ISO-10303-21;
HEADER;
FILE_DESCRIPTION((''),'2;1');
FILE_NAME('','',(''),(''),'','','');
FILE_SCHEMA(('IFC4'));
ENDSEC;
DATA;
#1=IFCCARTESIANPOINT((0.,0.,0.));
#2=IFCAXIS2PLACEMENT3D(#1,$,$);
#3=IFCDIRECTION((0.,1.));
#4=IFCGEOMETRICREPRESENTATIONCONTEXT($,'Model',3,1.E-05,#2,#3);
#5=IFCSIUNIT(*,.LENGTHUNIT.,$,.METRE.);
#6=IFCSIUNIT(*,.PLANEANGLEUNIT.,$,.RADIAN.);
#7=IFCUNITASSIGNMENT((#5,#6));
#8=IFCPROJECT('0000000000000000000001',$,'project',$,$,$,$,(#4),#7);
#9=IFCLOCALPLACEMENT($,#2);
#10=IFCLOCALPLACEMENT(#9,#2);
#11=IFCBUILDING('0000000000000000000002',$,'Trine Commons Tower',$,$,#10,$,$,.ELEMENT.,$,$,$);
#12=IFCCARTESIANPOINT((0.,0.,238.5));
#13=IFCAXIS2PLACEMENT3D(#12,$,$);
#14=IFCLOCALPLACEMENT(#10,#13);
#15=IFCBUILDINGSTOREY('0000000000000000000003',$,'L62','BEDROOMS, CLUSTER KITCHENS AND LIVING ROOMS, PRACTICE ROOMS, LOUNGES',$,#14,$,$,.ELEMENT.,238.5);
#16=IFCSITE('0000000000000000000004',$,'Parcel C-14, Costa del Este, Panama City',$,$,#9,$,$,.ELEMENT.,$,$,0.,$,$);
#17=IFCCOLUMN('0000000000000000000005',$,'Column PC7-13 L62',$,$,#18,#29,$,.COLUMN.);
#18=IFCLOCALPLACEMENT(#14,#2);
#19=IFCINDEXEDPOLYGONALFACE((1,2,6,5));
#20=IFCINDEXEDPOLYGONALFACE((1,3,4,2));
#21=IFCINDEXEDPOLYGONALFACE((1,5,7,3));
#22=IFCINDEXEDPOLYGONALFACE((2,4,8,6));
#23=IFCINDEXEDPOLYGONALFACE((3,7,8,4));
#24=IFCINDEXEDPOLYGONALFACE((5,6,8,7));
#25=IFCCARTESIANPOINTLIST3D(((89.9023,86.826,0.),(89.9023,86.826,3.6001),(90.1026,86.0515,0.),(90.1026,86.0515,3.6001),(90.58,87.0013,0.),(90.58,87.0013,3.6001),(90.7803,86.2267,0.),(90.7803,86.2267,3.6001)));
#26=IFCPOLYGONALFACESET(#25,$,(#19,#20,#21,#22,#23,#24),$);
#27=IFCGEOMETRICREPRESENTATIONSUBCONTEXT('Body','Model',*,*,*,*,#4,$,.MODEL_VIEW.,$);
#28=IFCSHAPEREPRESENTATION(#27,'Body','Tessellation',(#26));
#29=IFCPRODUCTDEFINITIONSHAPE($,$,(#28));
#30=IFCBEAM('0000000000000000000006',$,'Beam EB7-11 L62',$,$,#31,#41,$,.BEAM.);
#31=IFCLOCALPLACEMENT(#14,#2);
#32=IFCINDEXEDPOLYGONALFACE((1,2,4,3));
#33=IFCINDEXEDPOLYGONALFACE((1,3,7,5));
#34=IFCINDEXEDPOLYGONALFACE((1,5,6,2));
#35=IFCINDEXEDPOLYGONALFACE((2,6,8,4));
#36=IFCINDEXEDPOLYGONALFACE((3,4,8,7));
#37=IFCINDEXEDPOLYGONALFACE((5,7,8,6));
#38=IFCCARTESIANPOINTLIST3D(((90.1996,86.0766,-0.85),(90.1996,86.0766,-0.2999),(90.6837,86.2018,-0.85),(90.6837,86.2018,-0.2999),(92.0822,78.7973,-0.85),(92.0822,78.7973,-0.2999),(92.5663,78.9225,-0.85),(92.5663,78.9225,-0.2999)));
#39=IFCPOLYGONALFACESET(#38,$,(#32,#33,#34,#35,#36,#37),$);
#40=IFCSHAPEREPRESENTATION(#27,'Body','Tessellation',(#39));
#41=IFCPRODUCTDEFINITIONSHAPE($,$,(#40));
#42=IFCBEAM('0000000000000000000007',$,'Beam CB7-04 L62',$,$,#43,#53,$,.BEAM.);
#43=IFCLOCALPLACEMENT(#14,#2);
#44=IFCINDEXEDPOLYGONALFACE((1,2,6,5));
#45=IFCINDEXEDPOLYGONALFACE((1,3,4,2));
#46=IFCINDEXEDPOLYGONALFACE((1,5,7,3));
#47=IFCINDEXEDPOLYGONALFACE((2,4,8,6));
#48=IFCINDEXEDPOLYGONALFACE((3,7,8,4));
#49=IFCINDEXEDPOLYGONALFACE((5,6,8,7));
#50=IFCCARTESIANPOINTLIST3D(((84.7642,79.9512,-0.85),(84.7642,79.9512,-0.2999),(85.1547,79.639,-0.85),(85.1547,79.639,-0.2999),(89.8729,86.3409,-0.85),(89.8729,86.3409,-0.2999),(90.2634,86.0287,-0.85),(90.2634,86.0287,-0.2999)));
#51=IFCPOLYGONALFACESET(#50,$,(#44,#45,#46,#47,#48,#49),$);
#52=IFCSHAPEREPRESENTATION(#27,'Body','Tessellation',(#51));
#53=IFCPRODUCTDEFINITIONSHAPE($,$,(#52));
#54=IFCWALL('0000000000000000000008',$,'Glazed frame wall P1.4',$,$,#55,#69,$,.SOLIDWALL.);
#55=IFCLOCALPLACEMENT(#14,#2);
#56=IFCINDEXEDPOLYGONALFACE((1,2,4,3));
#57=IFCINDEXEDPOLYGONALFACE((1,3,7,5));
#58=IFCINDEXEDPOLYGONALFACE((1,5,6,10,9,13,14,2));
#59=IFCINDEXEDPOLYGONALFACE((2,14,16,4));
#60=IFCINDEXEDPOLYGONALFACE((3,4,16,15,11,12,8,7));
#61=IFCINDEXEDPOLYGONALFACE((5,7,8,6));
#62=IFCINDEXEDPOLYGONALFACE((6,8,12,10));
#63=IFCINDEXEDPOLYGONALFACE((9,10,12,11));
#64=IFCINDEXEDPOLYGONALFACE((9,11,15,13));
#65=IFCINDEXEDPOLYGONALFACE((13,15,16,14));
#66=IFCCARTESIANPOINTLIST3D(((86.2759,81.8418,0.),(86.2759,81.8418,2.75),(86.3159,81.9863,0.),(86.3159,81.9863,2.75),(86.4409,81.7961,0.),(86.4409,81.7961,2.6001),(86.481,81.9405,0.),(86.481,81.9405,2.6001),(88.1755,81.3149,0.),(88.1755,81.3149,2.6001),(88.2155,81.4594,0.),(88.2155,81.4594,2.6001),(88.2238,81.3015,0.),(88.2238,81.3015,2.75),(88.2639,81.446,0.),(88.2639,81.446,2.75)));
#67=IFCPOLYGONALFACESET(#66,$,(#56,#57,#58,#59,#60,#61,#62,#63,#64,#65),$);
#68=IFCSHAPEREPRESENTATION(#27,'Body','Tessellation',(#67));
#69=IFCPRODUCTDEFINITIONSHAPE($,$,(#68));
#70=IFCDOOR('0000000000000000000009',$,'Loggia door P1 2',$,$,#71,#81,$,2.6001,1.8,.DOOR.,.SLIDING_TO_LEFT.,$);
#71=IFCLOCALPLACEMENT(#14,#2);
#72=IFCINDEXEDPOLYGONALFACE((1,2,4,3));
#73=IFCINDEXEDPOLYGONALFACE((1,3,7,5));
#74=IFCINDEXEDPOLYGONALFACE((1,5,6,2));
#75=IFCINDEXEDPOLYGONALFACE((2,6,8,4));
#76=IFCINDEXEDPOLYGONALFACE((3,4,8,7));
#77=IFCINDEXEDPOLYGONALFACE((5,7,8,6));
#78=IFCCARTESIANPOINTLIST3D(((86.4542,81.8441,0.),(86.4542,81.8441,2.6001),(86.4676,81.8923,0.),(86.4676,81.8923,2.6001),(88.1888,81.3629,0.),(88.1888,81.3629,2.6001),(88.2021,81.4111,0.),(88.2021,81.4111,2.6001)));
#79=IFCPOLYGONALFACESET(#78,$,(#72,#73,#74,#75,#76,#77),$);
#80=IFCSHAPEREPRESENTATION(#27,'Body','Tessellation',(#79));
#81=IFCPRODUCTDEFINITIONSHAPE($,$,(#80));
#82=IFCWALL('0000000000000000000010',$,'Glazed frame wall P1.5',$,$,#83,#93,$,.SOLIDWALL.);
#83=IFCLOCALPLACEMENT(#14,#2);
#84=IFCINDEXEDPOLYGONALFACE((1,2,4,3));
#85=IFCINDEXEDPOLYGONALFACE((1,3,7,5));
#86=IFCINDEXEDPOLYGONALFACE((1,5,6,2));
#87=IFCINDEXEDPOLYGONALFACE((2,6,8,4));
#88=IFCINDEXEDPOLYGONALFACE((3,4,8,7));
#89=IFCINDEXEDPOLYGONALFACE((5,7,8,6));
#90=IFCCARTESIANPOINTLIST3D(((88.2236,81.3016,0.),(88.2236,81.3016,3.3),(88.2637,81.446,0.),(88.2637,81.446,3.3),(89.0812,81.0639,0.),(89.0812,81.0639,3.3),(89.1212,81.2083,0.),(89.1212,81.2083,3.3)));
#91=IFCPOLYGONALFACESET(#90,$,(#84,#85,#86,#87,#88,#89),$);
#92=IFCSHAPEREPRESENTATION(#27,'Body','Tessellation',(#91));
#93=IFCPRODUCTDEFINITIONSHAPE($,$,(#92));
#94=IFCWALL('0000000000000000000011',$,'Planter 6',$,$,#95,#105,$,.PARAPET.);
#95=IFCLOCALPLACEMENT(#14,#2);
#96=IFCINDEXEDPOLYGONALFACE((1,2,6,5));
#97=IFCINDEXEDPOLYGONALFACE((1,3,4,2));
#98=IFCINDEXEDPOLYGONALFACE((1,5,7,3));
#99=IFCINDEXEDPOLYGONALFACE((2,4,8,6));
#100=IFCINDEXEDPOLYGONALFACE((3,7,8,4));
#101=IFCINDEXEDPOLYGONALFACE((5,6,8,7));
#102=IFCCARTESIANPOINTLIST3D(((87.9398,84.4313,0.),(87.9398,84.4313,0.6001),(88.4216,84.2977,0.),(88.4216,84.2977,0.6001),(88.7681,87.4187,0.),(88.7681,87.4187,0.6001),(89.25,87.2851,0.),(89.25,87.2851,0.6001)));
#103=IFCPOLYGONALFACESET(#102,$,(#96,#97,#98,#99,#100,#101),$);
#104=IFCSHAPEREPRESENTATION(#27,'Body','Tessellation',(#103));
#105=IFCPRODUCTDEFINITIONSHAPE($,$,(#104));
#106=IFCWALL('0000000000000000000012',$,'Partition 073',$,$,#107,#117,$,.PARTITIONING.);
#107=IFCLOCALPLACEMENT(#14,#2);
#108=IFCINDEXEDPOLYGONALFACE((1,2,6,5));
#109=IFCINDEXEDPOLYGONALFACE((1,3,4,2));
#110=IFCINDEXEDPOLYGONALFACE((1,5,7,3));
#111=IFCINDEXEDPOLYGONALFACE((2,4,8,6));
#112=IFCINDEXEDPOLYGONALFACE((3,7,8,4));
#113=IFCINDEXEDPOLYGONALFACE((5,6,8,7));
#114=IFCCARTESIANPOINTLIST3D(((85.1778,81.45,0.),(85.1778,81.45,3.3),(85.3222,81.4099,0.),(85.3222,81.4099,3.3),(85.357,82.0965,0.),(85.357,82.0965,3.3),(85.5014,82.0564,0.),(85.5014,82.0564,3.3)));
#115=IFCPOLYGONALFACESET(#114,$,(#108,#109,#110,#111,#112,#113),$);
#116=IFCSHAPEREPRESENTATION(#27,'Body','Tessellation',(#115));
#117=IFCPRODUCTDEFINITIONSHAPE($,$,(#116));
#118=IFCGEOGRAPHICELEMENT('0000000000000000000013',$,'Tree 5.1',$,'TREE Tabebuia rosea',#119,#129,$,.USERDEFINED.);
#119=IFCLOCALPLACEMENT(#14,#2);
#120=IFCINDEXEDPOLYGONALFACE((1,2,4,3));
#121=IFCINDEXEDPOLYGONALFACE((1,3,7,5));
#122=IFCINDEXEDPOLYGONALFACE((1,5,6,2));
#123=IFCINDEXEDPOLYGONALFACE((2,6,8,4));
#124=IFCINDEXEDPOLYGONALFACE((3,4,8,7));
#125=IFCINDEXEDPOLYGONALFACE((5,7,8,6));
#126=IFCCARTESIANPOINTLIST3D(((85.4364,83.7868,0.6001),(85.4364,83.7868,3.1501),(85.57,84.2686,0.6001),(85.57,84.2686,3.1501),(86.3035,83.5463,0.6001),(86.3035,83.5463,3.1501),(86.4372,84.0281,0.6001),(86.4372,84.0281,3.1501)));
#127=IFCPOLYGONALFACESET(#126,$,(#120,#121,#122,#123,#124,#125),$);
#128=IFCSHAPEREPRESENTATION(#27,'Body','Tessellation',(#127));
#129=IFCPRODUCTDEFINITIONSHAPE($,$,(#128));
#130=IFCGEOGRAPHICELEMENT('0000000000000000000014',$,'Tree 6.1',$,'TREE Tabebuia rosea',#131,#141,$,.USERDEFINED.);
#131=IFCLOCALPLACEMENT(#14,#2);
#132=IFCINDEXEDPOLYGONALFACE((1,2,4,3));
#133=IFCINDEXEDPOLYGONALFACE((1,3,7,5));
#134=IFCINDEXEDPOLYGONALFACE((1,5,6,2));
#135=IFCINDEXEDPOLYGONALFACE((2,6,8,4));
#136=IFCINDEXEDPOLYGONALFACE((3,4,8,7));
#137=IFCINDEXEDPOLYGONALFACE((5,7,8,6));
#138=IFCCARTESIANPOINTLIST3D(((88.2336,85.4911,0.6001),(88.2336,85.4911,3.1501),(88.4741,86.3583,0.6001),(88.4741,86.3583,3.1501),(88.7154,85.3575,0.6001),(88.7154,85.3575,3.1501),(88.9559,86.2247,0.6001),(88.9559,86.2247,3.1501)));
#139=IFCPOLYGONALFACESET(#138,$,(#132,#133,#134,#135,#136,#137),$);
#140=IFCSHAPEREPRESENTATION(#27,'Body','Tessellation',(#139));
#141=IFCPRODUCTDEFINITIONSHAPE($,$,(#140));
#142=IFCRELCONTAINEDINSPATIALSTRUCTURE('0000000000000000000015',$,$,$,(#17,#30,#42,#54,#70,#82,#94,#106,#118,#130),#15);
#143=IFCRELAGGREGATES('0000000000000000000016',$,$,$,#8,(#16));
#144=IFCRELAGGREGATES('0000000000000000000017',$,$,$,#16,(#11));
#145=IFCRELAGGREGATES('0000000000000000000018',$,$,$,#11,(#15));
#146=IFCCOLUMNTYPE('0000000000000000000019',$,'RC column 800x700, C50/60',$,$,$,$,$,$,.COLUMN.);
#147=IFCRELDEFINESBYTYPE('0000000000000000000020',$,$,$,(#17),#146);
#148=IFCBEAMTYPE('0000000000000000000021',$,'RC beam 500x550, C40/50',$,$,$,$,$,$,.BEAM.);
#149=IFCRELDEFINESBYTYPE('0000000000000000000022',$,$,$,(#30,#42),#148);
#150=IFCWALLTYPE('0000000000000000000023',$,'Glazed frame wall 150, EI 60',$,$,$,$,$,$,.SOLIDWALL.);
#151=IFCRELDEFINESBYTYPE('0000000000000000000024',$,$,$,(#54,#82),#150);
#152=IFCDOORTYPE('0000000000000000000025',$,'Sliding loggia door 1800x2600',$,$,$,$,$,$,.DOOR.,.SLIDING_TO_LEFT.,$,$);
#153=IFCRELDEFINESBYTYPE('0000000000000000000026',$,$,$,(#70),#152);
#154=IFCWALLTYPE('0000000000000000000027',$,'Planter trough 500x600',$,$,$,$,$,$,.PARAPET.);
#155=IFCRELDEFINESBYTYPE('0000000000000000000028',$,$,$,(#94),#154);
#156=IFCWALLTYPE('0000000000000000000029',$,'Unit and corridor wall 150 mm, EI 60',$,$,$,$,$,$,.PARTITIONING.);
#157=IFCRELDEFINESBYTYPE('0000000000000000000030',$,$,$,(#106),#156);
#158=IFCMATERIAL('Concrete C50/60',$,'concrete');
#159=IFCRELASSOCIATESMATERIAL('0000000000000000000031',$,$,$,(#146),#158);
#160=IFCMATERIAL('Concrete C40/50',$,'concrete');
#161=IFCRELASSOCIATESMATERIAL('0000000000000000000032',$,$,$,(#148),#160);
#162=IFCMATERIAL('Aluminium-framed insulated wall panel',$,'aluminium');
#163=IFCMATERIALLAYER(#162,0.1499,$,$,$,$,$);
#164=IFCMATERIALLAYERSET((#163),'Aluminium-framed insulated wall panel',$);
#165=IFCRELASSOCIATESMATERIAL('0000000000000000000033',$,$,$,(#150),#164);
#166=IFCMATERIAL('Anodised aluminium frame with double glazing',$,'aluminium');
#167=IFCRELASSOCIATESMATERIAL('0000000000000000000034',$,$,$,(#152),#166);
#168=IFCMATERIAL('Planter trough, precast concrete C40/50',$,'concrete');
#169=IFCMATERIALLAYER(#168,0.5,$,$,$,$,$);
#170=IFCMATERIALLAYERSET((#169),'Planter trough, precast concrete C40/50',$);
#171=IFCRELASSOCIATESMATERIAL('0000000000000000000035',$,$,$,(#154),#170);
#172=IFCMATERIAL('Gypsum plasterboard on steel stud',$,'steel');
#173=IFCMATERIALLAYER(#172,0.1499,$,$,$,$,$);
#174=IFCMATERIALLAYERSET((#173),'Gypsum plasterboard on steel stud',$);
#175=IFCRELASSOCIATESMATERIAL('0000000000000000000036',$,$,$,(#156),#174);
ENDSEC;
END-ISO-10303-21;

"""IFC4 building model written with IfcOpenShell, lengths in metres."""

from ifc_helpers import new_model, si_unit, direction, frame, frame_2d, origin, origin_2d, place, context, subcontext, project, spatial, polyline, rectangle, outline, extrude, material, layer, layer_set, material_profile, profile_set, type_object, element, fill, save


model = new_model("IFC4")

# Units and contexts
model_context = context("Model", 3, precision=1e-05, world=origin(), true_north=direction((0.0, 1.0)))
body_context = subcontext(model_context, "Body", "Model", "MODEL_VIEW")
ifc_project = project(units=[si_unit("LENGTHUNIT", "METRE"), si_unit("PLANEANGLEUNIT", "RADIAN")], contexts=[model_context])

# Site, building, storey
site_placement = place(None, origin())
site = spatial("IfcSite", under=ifc_project, at=site_placement, Name="Parcel C-14, Costa del Este, Panama City", CompositionType="ELEMENT", RefElevation=0.0)
building_placement = place(site_placement, origin())
building = spatial("IfcBuilding", under=site, at=building_placement, Name="Trine Commons Tower", CompositionType="ELEMENT")
storey_placement = place(building_placement, frame((0.0, 0.0, 238.5)))
storey = spatial("IfcBuildingStorey", under=building, at=storey_placement, Name="L62", Description="BEDROOMS, CLUSTER KITCHENS AND LIVING ROOMS, PRACTICE ROOMS, LOUNGES", CompositionType="ELEMENT", Elevation=238.5)

# Column
ifc_material_1 = material(Name="Concrete C50/60", Category="concrete")
ifc_material_profile_1 = material_profile(ifc_material_1, rectangle(XDim=0.8, YDim=0.7, at=origin_2d()), Name="RC 800x700")
ifc_profile_set_1 = profile_set([ifc_material_profile_1], Name="Concrete C50/60")
column_type = type_object("IfcColumnType", Name="RC column 800x700, C50/60", PredefinedType="COLUMN", material=ifc_profile_set_1)
column_placement = place(storey_placement, frame((90.3413, 86.5264, 0.0), z_axis=(0.0, 0.0, 1.0), x_axis=(-0.25038, 0.968148, 0.0)))
element("IfcColumn", 1, at=column_placement, inside=storey, type_object=column_type, Name="Column PC7-13 L62", PredefinedType="COLUMN", context=body_context, shape_type="SweptSolid", body=[
    extrude(rectangle(XDim=0.8, YDim=0.7, at=origin_2d()), origin(), (0.0, 0.0, 1.0), 3.6001),
])

# Beams
ifc_material_2 = material(Name="Concrete C40/50", Category="concrete")
ifc_material_profile_2 = material_profile(ifc_material_2, rectangle(XDim=0.5, YDim=0.55, at=origin_2d()), Name="RC 500x550")
ifc_profile_set_2 = profile_set([ifc_material_profile_2], Name="Concrete C40/50")
beam_type = type_object("IfcBeamType", Name="RC beam 500x550, C40/50", PredefinedType="BEAM", material=ifc_profile_set_2)
beam_1_placement = place(storey_placement, frame((90.4417, 86.1392, -0.575), z_axis=(0.250382, -0.968147, 0.0), x_axis=(0.968147, 0.250382, 0.0)))
element("IfcBeam", 2, at=beam_1_placement, inside=storey, type_object=beam_type, Name="Beam EB7-11 L62", PredefinedType="BEAM", context=body_context, shape_type="SweptSolid", body=[
    extrude(rectangle(XDim=0.5, YDim=0.55, at=origin_2d()), origin(), (0.0, 0.0, 1.0), 7.5188),
])
beam_2_placement = place(storey_placement, frame((90.0681, 86.1848, -0.575), z_axis=(-0.624466, -0.781052, 0.0), x_axis=(0.781052, -0.624466, 0.0)))
element("IfcBeam", 3, at=beam_2_placement, inside=storey, type_object=beam_type, Name="Beam CB7-04 L62", PredefinedType="BEAM", context=body_context, shape_type="SweptSolid", body=[
    extrude(rectangle(XDim=0.5, YDim=0.55, at=origin_2d()), origin(), (0.0, 0.0, 1.0), 8.1809),
])

# Wall, opening, door
ifc_material_3 = material(Name="Aluminium-framed insulated wall panel", Category="aluminium")
ifc_layer_1 = layer(ifc_material_3, 0.1499)
ifc_layer_set_1 = layer_set([ifc_layer_1], Name="Aluminium-framed insulated wall panel")
wall_type_1 = type_object("IfcWallType", Name="Glazed frame wall 150, EI 60", PredefinedType="SOLIDWALL", material=ifc_layer_set_1)
wall_1_placement = place(storey_placement, frame((86.2959, 81.9141, 0.0), z_axis=(0.0, 0.0, 1.0), x_axis=(0.963615, -0.267295, 0.0)))
wall_1 = element("IfcWall", 4, at=wall_1_placement, inside=storey, type_object=wall_type_1, Name="Glazed frame wall P1.4", PredefinedType="SOLIDWALL", context=body_context, shape_type="SweptSolid", body=[
    extrude(outline(polyline([(0.0, -0.075), (2.0215, -0.075), (2.0215, 0.075), (0.0, 0.075), (0.0, -0.075)])), origin(), (0.0, 0.0, 1.0), 2.75),
])
opening_1_placement = place(wall_1_placement, frame((0.1714, 0.0, 0.0)))
opening_1 = element("IfcOpeningElement", 5, at=opening_1_placement, cuts=wall_1, PredefinedType="OPENING", context=body_context, shape_type="SweptSolid", body=[
    extrude(rectangle(XDim=1.8, YDim=2.6001, at=frame_2d((0.8999, 1.3))), frame((0.0, 0.085, 0.0), z_axis=(0.0, -1.0, 0.0), x_axis=(1.0, 0.0, 0.0)), (0.0, 0.0, 1.0), 0.1699),
])
ifc_material_4 = material(Name="Anodised aluminium frame with double glazing", Category="aluminium")
door_type = type_object("IfcDoorType", Name="Sliding loggia door 1800x2600", OperationType="SLIDING_TO_LEFT", PredefinedType="DOOR", material=ifc_material_4)
door_1_placement = place(opening_1_placement, origin())
door_1 = element("IfcDoor", 6, at=door_1_placement, inside=storey, type_object=door_type, Name="Loggia door P1 2", OperationType="SLIDING_TO_LEFT", OverallHeight=2.6001, OverallWidth=1.8, PredefinedType="DOOR", context=body_context, shape_type="SweptSolid", body=[
    extrude(rectangle(XDim=1.8, YDim=2.6001, at=frame_2d((0.8999, 1.3))), frame((0.0, 0.0249, 0.0), z_axis=(0.0, -1.0, 0.0), x_axis=(1.0, 0.0, 0.0)), (0.0, 0.0, 1.0), 0.05),
])
fill(opening_1, door_1)

# Wall
wall_2_placement = place(storey_placement, frame((88.2437, 81.3738, 0.0), z_axis=(0.0, 0.0, 1.0), x_axis=(0.963668, -0.267102, 0.0)))
element("IfcWall", 7, at=wall_2_placement, inside=storey, type_object=wall_type_1, Name="Glazed frame wall P1.5", PredefinedType="SOLIDWALL", context=body_context, shape_type="SweptSolid", body=[
    extrude(outline(polyline([(0.8899, 0.075), (0.0, 0.075), (0.0, -0.075), (0.8899, -0.075), (0.8899, 0.075)])), origin(), (0.0, 0.0, 1.0), 3.3),
])

# Walls
ifc_material_5 = material(Name="Planter trough, precast concrete C40/50", Category="concrete")
ifc_layer_2 = layer(ifc_material_5, 0.5)
ifc_layer_set_2 = layer_set([ifc_layer_2], Name="Planter trough, precast concrete C40/50")
wall_type_2 = type_object("IfcWallType", Name="Planter trough 500x600", PredefinedType="PARAPET", material=ifc_layer_set_2)
wall_3_placement = place(storey_placement, frame((88.1807, 84.3645, 0.0), z_axis=(0.0, 0.0, 1.0), x_axis=(0.267213, 0.963637, 0.0)))
element("IfcWall", 8, at=wall_3_placement, inside=storey, type_object=wall_type_2, Name="Planter 6", PredefinedType="PARAPET", context=body_context, shape_type="SweptSolid", body=[
    extrude(rectangle(XDim=3.1001, YDim=0.5, at=frame_2d((1.55, 0.0))), origin(), (0.0, 0.0, 1.0), 0.6001),
])
ifc_material_6 = material(Name="Gypsum plasterboard on steel stud", Category="steel")
ifc_layer_3 = layer(ifc_material_6, 0.1499)
ifc_layer_set_3 = layer_set([ifc_layer_3], Name="Gypsum plasterboard on steel stud")
wall_type_3 = type_object("IfcWallType", Name="Unit and corridor wall 150 mm, EI 60", PredefinedType="PARTITIONING", material=ifc_layer_set_3)
wall_4_placement = place(storey_placement, frame((85.25, 81.4299, 0.0), z_axis=(0.0, 0.0, 1.0), x_axis=(0.267118, 0.963664, 0.0)))
element("IfcWall", 9, at=wall_4_placement, inside=storey, type_object=wall_type_3, Name="Partition 073", PredefinedType="PARTITIONING", context=body_context, shape_type="SweptSolid", body=[
    extrude(rectangle(XDim=0.6709, YDim=0.1499, at=frame_2d((0.3354, 0.0))), origin(), (0.0, 0.0, 1.0), 3.3),
])

# Geographic elements
for number, where, z_axis, x_axis, name in (
    (10, (85.9368, 83.9075, 0.6001), (0.0, 0.0, 1.0), (0.963634, -0.267227, 0.0), "Tree 5.1"),
    (11, (88.5947, 85.8579, 0.6001), (0.0, 0.0, 1.0), (0.26724, 0.96363, 0.0), "Tree 6.1"),
):
    element("IfcGeographicElement", number, at=place(storey_placement, frame(where, z_axis=z_axis, x_axis=x_axis)), inside=storey, Name=name, ObjectType="TREE Tabebuia rosea", PredefinedType="USERDEFINED", context=body_context, shape_type="SweptSolid", body=[
        extrude(rectangle(XDim=0.8999, YDim=0.5, at=origin_2d()), origin(), (0.0, 0.0, 1.0), 2.55),
    ])

save(model, "model.ifc")
